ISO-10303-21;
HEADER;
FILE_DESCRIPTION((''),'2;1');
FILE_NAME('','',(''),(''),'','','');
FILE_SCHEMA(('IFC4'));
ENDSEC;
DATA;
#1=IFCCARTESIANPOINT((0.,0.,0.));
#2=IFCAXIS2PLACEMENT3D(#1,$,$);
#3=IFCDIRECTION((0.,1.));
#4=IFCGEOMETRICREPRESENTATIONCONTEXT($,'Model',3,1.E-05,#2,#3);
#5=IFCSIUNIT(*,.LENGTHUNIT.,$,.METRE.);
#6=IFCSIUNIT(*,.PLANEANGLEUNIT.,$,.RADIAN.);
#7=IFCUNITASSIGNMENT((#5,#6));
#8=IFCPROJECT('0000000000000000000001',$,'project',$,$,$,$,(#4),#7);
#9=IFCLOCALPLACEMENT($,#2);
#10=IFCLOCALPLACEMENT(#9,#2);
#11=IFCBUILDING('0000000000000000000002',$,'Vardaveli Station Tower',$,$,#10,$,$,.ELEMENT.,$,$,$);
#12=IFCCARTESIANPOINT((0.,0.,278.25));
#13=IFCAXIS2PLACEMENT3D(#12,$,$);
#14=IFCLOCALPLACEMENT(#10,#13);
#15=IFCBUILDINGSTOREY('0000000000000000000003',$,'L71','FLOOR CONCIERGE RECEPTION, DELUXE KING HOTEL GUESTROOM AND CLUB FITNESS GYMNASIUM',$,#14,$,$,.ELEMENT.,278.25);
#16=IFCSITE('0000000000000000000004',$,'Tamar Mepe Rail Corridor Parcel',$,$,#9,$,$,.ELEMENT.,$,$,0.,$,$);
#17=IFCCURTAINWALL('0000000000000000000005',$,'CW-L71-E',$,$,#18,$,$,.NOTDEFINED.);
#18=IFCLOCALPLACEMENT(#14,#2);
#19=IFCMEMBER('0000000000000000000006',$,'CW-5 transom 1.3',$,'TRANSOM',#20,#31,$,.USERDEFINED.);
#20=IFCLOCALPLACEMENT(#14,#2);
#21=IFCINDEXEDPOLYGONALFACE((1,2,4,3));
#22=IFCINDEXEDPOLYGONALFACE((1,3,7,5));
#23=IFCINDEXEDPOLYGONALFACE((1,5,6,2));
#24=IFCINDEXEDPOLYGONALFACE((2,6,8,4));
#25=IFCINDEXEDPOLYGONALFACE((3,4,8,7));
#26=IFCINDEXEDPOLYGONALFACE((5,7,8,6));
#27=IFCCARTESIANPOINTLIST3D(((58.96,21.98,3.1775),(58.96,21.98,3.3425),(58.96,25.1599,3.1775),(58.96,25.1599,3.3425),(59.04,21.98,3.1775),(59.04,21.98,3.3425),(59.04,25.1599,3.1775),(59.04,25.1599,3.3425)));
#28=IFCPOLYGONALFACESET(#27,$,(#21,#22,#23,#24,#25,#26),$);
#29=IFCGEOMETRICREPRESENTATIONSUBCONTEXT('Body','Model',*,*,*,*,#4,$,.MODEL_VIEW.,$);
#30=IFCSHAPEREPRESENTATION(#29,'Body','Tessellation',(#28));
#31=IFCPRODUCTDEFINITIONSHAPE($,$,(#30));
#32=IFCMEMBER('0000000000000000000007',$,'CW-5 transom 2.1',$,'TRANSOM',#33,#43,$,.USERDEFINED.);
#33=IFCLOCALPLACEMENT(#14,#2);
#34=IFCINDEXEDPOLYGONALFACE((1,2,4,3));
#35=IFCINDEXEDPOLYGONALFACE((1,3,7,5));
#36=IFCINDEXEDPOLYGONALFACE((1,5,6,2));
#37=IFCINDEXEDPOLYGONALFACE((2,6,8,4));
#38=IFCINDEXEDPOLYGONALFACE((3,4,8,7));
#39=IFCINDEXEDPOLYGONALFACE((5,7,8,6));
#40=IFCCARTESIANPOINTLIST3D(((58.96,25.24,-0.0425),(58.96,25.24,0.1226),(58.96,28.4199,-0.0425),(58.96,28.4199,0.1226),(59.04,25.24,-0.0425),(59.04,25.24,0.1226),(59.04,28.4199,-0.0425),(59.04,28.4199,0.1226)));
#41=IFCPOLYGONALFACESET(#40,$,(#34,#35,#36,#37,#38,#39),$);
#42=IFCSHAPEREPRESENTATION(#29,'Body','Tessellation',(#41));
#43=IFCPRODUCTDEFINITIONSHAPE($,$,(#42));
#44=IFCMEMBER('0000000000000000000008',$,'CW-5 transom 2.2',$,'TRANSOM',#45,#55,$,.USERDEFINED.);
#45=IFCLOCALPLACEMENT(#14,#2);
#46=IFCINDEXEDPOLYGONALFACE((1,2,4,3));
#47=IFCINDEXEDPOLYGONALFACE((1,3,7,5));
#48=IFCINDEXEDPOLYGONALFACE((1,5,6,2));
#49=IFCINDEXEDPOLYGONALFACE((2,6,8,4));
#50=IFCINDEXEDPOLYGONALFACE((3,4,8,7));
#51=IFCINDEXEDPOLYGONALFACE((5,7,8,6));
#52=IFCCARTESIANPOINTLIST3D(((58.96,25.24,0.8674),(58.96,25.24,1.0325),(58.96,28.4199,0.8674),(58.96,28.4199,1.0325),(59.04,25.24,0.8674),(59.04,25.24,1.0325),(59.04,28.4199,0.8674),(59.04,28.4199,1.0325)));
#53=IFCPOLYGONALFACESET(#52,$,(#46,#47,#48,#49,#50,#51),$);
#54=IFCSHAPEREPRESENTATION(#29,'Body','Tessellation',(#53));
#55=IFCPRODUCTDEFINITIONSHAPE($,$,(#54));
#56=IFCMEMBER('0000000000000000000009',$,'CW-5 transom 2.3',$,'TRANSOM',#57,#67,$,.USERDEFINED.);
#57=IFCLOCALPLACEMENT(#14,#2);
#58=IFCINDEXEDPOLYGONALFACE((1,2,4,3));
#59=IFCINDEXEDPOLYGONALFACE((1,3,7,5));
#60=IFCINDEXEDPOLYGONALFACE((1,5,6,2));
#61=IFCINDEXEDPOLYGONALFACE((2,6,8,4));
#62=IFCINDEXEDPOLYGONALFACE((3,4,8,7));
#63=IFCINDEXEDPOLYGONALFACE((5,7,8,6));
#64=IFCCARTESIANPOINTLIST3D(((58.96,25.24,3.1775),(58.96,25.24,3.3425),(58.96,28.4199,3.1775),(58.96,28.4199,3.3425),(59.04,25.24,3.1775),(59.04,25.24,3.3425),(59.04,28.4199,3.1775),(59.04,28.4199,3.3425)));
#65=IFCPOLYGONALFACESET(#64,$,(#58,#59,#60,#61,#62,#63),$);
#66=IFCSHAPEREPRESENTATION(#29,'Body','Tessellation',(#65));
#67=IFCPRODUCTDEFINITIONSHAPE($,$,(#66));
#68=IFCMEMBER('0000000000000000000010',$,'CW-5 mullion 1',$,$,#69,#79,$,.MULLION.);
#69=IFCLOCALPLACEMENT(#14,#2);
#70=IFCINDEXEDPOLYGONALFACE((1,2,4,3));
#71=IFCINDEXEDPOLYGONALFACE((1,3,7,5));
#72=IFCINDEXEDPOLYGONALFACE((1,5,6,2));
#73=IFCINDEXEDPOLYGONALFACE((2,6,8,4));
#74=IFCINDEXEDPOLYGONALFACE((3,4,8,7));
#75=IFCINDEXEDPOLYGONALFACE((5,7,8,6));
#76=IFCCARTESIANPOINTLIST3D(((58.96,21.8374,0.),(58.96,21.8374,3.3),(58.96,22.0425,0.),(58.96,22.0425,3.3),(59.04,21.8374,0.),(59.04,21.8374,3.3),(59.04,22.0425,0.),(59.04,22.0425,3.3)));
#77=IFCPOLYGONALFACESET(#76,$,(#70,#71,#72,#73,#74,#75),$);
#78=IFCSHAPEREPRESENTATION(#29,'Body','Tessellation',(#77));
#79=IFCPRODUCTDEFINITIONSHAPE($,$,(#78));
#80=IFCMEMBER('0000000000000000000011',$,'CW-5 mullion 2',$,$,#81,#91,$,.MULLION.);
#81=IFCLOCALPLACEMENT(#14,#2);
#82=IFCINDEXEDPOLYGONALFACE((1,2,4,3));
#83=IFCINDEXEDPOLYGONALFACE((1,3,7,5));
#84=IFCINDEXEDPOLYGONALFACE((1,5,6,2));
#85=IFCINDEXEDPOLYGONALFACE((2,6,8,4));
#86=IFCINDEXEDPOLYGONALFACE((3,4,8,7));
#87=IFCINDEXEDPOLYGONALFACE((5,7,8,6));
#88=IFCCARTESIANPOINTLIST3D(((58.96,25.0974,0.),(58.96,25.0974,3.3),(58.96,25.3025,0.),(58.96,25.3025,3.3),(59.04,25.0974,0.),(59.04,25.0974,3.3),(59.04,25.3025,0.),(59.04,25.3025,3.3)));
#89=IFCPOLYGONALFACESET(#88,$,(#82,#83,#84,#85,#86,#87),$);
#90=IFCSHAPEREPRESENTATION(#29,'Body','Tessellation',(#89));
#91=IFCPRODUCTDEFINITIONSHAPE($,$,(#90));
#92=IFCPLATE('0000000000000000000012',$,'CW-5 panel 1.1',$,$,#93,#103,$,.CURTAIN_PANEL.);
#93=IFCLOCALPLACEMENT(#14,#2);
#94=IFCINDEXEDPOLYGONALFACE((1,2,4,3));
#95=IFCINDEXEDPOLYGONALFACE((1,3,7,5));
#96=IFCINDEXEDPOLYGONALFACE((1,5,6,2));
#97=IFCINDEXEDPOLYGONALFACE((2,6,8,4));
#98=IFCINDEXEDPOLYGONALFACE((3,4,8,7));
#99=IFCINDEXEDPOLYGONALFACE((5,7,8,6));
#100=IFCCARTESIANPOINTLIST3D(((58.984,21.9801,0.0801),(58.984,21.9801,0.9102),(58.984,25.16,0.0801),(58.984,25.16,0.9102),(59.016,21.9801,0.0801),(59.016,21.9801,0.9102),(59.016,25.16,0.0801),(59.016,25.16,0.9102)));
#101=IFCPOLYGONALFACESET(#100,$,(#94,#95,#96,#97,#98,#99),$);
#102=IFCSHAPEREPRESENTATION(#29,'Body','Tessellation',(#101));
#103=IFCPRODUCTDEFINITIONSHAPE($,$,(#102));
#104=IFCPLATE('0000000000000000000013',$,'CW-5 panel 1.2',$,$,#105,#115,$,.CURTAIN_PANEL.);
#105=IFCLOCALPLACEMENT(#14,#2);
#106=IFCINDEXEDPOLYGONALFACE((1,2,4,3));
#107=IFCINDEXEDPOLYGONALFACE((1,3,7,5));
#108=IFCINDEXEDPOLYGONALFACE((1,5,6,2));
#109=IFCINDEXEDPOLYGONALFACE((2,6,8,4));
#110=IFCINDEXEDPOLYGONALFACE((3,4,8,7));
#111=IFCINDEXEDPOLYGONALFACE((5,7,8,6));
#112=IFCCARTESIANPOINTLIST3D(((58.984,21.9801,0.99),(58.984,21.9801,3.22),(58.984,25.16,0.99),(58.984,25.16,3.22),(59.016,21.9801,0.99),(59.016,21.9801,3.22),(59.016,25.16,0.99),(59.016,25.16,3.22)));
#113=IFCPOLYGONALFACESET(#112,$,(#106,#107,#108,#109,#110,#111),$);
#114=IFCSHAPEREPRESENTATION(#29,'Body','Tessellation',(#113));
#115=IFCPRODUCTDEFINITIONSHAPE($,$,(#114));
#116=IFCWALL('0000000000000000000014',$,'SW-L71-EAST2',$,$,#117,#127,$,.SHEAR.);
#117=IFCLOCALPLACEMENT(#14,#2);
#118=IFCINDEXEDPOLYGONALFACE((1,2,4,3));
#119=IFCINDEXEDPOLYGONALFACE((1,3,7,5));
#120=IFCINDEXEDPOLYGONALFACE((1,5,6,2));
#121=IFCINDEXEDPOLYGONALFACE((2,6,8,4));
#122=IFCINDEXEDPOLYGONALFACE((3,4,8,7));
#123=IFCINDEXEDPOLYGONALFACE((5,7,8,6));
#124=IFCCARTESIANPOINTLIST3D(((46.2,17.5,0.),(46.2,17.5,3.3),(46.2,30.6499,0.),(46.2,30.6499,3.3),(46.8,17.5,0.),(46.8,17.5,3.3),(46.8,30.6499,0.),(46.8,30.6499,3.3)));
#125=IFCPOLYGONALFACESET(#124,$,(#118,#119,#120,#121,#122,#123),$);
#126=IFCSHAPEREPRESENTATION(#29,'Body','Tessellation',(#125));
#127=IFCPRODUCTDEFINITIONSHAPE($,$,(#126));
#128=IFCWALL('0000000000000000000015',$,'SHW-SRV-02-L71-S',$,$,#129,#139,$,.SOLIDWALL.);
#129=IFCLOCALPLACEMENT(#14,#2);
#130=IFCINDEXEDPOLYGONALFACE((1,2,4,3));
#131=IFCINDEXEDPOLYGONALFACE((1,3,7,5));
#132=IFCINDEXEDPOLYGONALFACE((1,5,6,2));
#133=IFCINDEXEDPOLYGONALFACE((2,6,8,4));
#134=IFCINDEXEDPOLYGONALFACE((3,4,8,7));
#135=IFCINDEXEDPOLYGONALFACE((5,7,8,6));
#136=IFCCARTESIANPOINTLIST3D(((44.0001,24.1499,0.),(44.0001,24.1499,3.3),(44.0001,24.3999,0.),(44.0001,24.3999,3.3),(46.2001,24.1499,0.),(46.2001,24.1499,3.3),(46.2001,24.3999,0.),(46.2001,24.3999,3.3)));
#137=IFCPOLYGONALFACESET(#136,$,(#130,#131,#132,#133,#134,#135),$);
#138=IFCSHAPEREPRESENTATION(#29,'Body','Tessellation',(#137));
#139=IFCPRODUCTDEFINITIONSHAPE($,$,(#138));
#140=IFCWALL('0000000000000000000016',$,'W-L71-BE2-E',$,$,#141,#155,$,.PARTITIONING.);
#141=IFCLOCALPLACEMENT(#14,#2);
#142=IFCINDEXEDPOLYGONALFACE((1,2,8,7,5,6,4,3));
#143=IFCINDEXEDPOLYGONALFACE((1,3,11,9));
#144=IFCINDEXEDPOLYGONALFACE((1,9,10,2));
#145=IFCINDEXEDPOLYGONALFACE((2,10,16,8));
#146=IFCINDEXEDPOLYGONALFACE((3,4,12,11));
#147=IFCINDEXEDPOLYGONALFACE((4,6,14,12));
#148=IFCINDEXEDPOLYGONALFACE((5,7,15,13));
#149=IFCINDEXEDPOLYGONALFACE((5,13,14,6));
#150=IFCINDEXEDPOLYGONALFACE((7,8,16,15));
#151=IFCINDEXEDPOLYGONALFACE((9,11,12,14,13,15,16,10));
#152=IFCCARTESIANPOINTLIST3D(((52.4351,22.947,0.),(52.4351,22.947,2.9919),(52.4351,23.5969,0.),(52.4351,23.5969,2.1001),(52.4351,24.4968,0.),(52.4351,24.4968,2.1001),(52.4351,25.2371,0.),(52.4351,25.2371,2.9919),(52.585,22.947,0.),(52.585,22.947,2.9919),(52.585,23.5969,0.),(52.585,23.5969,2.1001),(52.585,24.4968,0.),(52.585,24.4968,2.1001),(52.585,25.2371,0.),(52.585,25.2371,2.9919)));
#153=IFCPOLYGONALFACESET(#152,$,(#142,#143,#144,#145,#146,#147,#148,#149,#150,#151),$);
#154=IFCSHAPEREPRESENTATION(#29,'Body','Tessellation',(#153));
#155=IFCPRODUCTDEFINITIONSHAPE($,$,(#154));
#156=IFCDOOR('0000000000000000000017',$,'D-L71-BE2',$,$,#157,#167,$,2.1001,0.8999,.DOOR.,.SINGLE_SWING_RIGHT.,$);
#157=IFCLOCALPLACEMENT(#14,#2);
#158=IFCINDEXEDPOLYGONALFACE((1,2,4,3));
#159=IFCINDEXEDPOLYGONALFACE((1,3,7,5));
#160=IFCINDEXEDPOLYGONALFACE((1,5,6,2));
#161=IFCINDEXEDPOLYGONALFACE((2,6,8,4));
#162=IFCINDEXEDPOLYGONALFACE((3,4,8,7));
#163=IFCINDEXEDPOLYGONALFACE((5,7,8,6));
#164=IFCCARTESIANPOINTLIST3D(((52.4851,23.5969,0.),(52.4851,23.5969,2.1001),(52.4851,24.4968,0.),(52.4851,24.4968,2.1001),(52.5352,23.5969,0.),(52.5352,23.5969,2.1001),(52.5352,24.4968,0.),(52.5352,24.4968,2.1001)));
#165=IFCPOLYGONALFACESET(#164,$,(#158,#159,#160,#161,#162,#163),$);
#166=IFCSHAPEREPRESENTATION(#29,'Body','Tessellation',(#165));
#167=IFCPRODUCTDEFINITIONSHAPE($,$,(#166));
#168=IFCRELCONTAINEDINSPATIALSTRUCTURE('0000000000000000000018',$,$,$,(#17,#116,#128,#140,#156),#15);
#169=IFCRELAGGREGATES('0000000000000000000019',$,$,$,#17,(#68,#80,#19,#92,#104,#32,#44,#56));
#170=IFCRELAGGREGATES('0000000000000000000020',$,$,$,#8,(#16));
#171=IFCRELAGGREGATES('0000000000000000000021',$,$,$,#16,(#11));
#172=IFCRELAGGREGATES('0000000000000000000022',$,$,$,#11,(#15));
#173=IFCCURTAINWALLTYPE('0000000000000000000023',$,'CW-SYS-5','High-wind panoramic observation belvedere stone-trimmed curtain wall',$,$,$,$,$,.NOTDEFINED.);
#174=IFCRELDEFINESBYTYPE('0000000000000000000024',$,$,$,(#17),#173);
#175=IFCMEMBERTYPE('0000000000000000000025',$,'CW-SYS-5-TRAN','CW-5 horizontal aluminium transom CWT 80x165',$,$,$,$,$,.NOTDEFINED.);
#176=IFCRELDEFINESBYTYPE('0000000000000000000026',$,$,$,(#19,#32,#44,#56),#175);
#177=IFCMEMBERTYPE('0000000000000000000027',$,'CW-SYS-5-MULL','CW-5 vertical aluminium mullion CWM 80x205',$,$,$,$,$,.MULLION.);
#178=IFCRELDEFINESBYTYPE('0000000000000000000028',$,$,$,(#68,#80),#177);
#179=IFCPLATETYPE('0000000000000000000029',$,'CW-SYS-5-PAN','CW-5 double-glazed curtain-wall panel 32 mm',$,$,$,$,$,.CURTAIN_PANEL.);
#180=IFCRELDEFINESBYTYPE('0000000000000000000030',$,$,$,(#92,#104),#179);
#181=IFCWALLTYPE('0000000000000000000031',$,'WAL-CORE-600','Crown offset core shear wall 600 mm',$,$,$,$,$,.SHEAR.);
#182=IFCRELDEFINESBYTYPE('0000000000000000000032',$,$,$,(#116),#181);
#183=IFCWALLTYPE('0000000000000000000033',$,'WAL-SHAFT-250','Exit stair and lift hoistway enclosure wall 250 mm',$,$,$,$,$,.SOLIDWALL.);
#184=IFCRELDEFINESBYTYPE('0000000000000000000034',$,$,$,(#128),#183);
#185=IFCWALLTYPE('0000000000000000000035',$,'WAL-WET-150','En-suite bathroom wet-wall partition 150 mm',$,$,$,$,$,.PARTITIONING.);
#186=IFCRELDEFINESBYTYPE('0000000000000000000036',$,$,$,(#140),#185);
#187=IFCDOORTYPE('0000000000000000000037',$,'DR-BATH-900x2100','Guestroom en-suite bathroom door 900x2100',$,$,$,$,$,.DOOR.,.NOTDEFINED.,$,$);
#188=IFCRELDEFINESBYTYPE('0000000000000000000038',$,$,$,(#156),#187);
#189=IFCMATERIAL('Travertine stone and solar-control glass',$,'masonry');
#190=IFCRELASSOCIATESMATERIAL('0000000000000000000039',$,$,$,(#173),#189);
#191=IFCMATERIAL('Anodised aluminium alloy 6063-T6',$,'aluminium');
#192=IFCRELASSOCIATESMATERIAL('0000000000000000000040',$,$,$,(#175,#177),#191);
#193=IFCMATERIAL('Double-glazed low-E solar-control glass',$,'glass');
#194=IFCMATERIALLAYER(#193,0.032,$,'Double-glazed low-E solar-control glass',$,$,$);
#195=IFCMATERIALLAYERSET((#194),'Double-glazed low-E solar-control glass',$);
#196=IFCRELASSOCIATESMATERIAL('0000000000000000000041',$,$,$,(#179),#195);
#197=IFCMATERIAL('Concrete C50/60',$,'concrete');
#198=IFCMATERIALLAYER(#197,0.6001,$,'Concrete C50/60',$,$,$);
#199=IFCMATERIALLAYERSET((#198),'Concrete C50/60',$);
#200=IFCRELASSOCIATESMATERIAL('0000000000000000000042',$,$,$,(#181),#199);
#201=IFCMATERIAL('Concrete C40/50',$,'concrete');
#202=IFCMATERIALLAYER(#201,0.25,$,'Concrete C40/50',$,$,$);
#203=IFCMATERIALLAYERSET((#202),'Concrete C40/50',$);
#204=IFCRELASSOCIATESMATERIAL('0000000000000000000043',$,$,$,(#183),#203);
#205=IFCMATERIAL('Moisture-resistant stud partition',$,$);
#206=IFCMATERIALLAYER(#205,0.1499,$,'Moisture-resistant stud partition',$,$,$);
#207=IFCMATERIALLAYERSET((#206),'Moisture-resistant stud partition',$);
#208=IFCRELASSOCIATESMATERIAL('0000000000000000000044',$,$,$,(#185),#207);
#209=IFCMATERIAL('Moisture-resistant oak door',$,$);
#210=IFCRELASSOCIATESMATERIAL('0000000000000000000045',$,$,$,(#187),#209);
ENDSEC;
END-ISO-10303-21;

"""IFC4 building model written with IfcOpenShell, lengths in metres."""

from ifc_helpers import new_model, si_unit, direction, frame, frame_2d, origin, origin_2d, place, context, subcontext, project, spatial, rectangle, extrude, source, transform, mapped, material, layer, layer_set, material_profile, profile_set, type_object, element, fill, aggregate, save


model = new_model("IFC4")

# Units and contexts
model_context = context("Model", 3, precision=1e-05, world=origin(), true_north=direction((0.0, 1.0)))
body_context = subcontext(model_context, "Body", "Model", "MODEL_VIEW")
ifc_project = project(units=[si_unit("LENGTHUNIT", "METRE"), si_unit("PLANEANGLEUNIT", "RADIAN")], contexts=[model_context])

# Site, building, storey
site_placement = place(None, origin())
site = spatial("IfcSite", under=ifc_project, at=site_placement, Name="Tamar Mepe Rail Corridor Parcel", CompositionType="ELEMENT", RefElevation=0.0)
building_placement = place(site_placement, origin())
building = spatial("IfcBuilding", under=site, at=building_placement, Name="Vardaveli Station Tower", CompositionType="ELEMENT")
storey_placement = place(building_placement, frame((0.0, 0.0, 278.25)))
storey = spatial("IfcBuildingStorey", under=building, at=storey_placement, Name="L71", Description="FLOOR CONCIERGE RECEPTION, DELUXE KING HOTEL GUESTROOM AND CLUB FITNESS GYMNASIUM", CompositionType="ELEMENT", Elevation=278.25)

# Curtain wall, members, plates
ifc_material_1 = material(Name="Travertine stone and solar-control glass", Category="masonry")
curtain_wall_type = type_object("IfcCurtainWallType", Name="CW-SYS-5", Description="High-wind panoramic observation belvedere stone-trimmed curtain wall", PredefinedType="NOTDEFINED", material=ifc_material_1)
curtain_wall_placement = place(storey_placement, origin())
curtain_wall = element("IfcCurtainWall", 1, at=curtain_wall_placement, inside=storey, type_object=curtain_wall_type, Name="CW-L71-E", PredefinedType="NOTDEFINED")
ifc_material_2 = material(Name="Anodised aluminium alloy 6063-T6", Category="aluminium")
ifc_material_profile_1 = material_profile(ifc_material_2, rectangle(XDim=0.0801, YDim=0.165, at=origin_2d()), Name="CWT 80x165")
ifc_profile_set_1 = profile_set([ifc_material_profile_1], Name="Anodised aluminium alloy 6063-T6")
member_type_1 = type_object("IfcMemberType", Name="CW-SYS-5-TRAN", Description="CW-5 horizontal aluminium transom CWT 80x165", PredefinedType="NOTDEFINED", material=ifc_profile_set_1)
shared_shape_1 = source(origin(), body_context, "Body", "SweptSolid", [
    extrude(rectangle(XDim=0.0801, YDim=0.165, at=origin_2d()), origin(), (0.0, 0.0, 1.0), 3.1799),
])
member_1_placement = place(storey_placement, frame((59.0, 21.98, 3.26), z_axis=(0.0, 1.0, 0.0), x_axis=(-1.0, 0.0, 0.0)))
member_1 = element("IfcMember", 2, at=member_1_placement, type_object=member_type_1, Name="CW-5 transom 1.3", ObjectType="TRANSOM", PredefinedType="USERDEFINED", context=body_context, shape_type="MappedRepresentation", body=[
    mapped(shared_shape_1, transform((0.0, 0.0, 0.0), scale=1.0)),
])
member_2_placement = place(storey_placement, frame((59.0, 25.24, 0.04), z_axis=(0.0, 1.0, 0.0), x_axis=(-1.0, 0.0, 0.0)))
member_2 = element("IfcMember", 3, at=member_2_placement, type_object=member_type_1, Name="CW-5 transom 2.1", ObjectType="TRANSOM", PredefinedType="USERDEFINED", context=body_context, shape_type="MappedRepresentation", body=[
    mapped(shared_shape_1, transform((0.0, 0.0, 0.0), scale=1.0)),
])
member_3_placement = place(storey_placement, frame((59.0, 25.24, 0.95), z_axis=(0.0, 1.0, 0.0), x_axis=(-1.0, 0.0, 0.0)))
member_3 = element("IfcMember", 4, at=member_3_placement, type_object=member_type_1, Name="CW-5 transom 2.2", ObjectType="TRANSOM", PredefinedType="USERDEFINED", context=body_context, shape_type="MappedRepresentation", body=[
    mapped(shared_shape_1, transform((0.0, 0.0, 0.0), scale=1.0)),
])
member_4_placement = place(storey_placement, frame((59.0, 25.24, 3.26), z_axis=(0.0, 1.0, 0.0), x_axis=(-1.0, 0.0, 0.0)))
member_4 = element("IfcMember", 5, at=member_4_placement, type_object=member_type_1, Name="CW-5 transom 2.3", ObjectType="TRANSOM", PredefinedType="USERDEFINED", context=body_context, shape_type="MappedRepresentation", body=[
    mapped(shared_shape_1, transform((0.0, 0.0, 0.0), scale=1.0)),
])
ifc_material_profile_2 = material_profile(ifc_material_2, rectangle(XDim=0.0801, YDim=0.2051, at=origin_2d()), Name="CWM 80x205")
ifc_profile_set_2 = profile_set([ifc_material_profile_2], Name="Anodised aluminium alloy 6063-T6")
member_type_2 = type_object("IfcMemberType", Name="CW-SYS-5-MULL", Description="CW-5 vertical aluminium mullion CWM 80x205", PredefinedType="MULLION", material=ifc_profile_set_2)
shared_shape_2 = source(origin(), body_context, "Body", "SweptSolid", [
    extrude(rectangle(XDim=0.0801, YDim=0.2051, at=origin_2d()), origin(), (0.0, 0.0, 1.0), 3.3),
])
member_5_placement = place(storey_placement, frame((59.0, 21.9399, 0.0), z_axis=(0.0, 0.0, 1.0), x_axis=(-1.0, 0.0, 0.0)))
member_5 = element("IfcMember", 6, at=member_5_placement, type_object=member_type_2, Name="CW-5 mullion 1", PredefinedType="MULLION", context=body_context, shape_type="MappedRepresentation", body=[
    mapped(shared_shape_2, transform((0.0, 0.0, 0.0), scale=1.0)),
])
member_6_placement = place(storey_placement, frame((59.0, 25.2, 0.0), z_axis=(0.0, 0.0, 1.0), x_axis=(-1.0, 0.0, 0.0)))
member_6 = element("IfcMember", 7, at=member_6_placement, type_object=member_type_2, Name="CW-5 mullion 2", PredefinedType="MULLION", context=body_context, shape_type="MappedRepresentation", body=[
    mapped(shared_shape_2, transform((0.0, 0.0, 0.0), scale=1.0)),
])
ifc_material_3 = material(Name="Double-glazed low-E solar-control glass", Category="glass")
ifc_layer_1 = layer(ifc_material_3, 0.032, Name="Double-glazed low-E solar-control glass")
ifc_layer_set_1 = layer_set([ifc_layer_1], Name="Double-glazed low-E solar-control glass")
plate_type = type_object("IfcPlateType", Name="CW-SYS-5-PAN", Description="CW-5 double-glazed curtain-wall panel 32 mm", PredefinedType="CURTAIN_PANEL", material=ifc_layer_set_1)
shared_shape_3 = source(origin(), body_context, "Body", "SweptSolid", [
    extrude(rectangle(XDim=3.1799, YDim=0.032, at=origin_2d()), origin(), (0.0, 0.0, 1.0), 0.8301),
])
plate_1_placement = place(storey_placement, frame((59.0, 23.5701, 0.0801), z_axis=(0.0, 0.0, 1.0), x_axis=(0.0, 1.0, 0.0)))
plate_1 = element("IfcPlate", 8, at=plate_1_placement, type_object=plate_type, Name="CW-5 panel 1.1", PredefinedType="CURTAIN_PANEL", context=body_context, shape_type="MappedRepresentation", body=[
    mapped(shared_shape_3, transform((0.0, 0.0, 0.0), scale=1.0)),
])
shared_shape_4 = source(origin(), body_context, "Body", "SweptSolid", [
    extrude(rectangle(XDim=3.1799, YDim=0.032, at=origin_2d()), origin(), (0.0, 0.0, 1.0), 2.23),
])
plate_2_placement = place(storey_placement, frame((59.0, 23.5701, 0.99), z_axis=(0.0, 0.0, 1.0), x_axis=(0.0, 1.0, 0.0)))
plate_2 = element("IfcPlate", 9, at=plate_2_placement, type_object=plate_type, Name="CW-5 panel 1.2", PredefinedType="CURTAIN_PANEL", context=body_context, shape_type="MappedRepresentation", body=[
    mapped(shared_shape_4, transform((0.0, 0.0, 0.0), scale=1.0)),
])
aggregate(curtain_wall, [member_5, member_6, member_1, plate_1, plate_2, member_2, member_3, member_4])

# Walls
ifc_material_4 = material(Name="Concrete C50/60", Category="concrete")
ifc_layer_2 = layer(ifc_material_4, 0.6001, Name="Concrete C50/60")
ifc_layer_set_2 = layer_set([ifc_layer_2], Name="Concrete C50/60")
wall_type_1 = type_object("IfcWallType", Name="WAL-CORE-600", Description="Crown offset core shear wall 600 mm", PredefinedType="SHEAR", material=ifc_layer_set_2)
shared_shape_5 = source(origin(), body_context, "Body", "SweptSolid", [
    extrude(rectangle(XDim=13.1499, YDim=0.6001, at=frame_2d((6.575, 0.0))), origin(), (0.0, 0.0, 1.0), 3.3),
])
wall_1_placement = place(storey_placement, frame((46.5, 17.5, 0.0), z_axis=(0.0, 0.0, 1.0), x_axis=(0.0, 1.0, 0.0)))
element("IfcWall", 10, at=wall_1_placement, inside=storey, type_object=wall_type_1, Name="SW-L71-EAST2", PredefinedType="SHEAR", context=body_context, shape_type="MappedRepresentation", body=[
    mapped(shared_shape_5, transform((0.0, 0.0, 0.0), scale=1.0)),
])
ifc_material_5 = material(Name="Concrete C40/50", Category="concrete")
ifc_layer_3 = layer(ifc_material_5, 0.25, Name="Concrete C40/50")
ifc_layer_set_3 = layer_set([ifc_layer_3], Name="Concrete C40/50")
wall_type_2 = type_object("IfcWallType", Name="WAL-SHAFT-250", Description="Exit stair and lift hoistway enclosure wall 250 mm", PredefinedType="SOLIDWALL", material=ifc_layer_set_3)
shared_shape_6 = source(origin(), body_context, "Body", "SweptSolid", [
    extrude(rectangle(XDim=2.2, YDim=0.25, at=frame_2d((1.1001, 0.0))), origin(), (0.0, 0.0, 1.0), 3.3),
])
wall_2_placement = place(storey_placement, frame((44.0, 24.2749, 0.0), z_axis=(0.0, 0.0, 1.0), x_axis=(1.0, 0.0, 0.0)))
element("IfcWall", 11, at=wall_2_placement, inside=storey, type_object=wall_type_2, Name="SHW-SRV-02-L71-S", PredefinedType="SOLIDWALL", context=body_context, shape_type="MappedRepresentation", body=[
    mapped(shared_shape_6, transform((0.0, 0.0, 0.0), scale=1.0)),
])

# Wall, opening, door
ifc_material_6 = material(Name="Moisture-resistant stud partition")
ifc_layer_4 = layer(ifc_material_6, 0.1499, Name="Moisture-resistant stud partition")
ifc_layer_set_4 = layer_set([ifc_layer_4], Name="Moisture-resistant stud partition")
wall_type_3 = type_object("IfcWallType", Name="WAL-WET-150", Description="En-suite bathroom wet-wall partition 150 mm", PredefinedType="PARTITIONING", material=ifc_layer_set_4)
shared_shape_7 = source(origin(), body_context, "Body", "SweptSolid", [
    extrude(rectangle(XDim=2.29, YDim=0.1499, at=frame_2d((1.145, 0.0))), origin(), (0.0, 0.0, 1.0), 2.9919),
])
wall_3_placement = place(storey_placement, frame((52.51, 22.947, 0.0), z_axis=(0.0, 0.0, 1.0), x_axis=(0.0, 1.0, 0.0)))
wall_3 = element("IfcWall", 12, at=wall_3_placement, inside=storey, type_object=wall_type_3, Name="W-L71-BE2-E", PredefinedType="PARTITIONING", context=body_context, shape_type="MappedRepresentation", body=[
    mapped(shared_shape_7, transform((0.0, 0.0, 0.0), scale=1.0)),
])
shared_shape_8 = source(origin(), body_context, "Body", "SweptSolid", [
    extrude(rectangle(XDim=0.8999, YDim=2.1001, at=frame_2d((0.45, 1.05))), frame((0.0, 0.085, 0.0), z_axis=(0.0, -1.0, 0.0), x_axis=(1.0, 0.0, 0.0)), (0.0, 0.0, 1.0), 0.1699),
])
opening_placement = place(wall_3_placement, frame((0.6499, 0.0, 0.0)))
opening = element("IfcOpeningElement", 13, at=opening_placement, cuts=wall_3, PredefinedType="OPENING", context=body_context, shape_type="MappedRepresentation", body=[
    mapped(shared_shape_8, transform((0.0, 0.0, 0.0), scale=1.0)),
])
ifc_material_7 = material(Name="Moisture-resistant oak door")
door_type = type_object("IfcDoorType", Name="DR-BATH-900x2100", Description="Guestroom en-suite bathroom door 900x2100", OperationType="NOTDEFINED", PredefinedType="DOOR", material=ifc_material_7)
shared_shape_9 = source(origin(), body_context, "Body", "SweptSolid", [
    extrude(rectangle(XDim=0.8999, YDim=2.1001, at=frame_2d((0.45, 1.05))), frame((0.0, 0.0249, 0.0), z_axis=(0.0, -1.0, 0.0), x_axis=(1.0, 0.0, 0.0)), (0.0, 0.0, 1.0), 0.05),
])
door_placement = place(opening_placement, origin())
door = element("IfcDoor", 14, at=door_placement, inside=storey, type_object=door_type, Name="D-L71-BE2", OperationType="SINGLE_SWING_RIGHT", OverallHeight=2.1001, OverallWidth=0.8999, PredefinedType="DOOR", context=body_context, shape_type="MappedRepresentation", body=[
    mapped(shared_shape_9, transform((0.0, 0.0, 0.0), scale=1.0)),
])
fill(opening, door)

save(model, "model.ifc")
